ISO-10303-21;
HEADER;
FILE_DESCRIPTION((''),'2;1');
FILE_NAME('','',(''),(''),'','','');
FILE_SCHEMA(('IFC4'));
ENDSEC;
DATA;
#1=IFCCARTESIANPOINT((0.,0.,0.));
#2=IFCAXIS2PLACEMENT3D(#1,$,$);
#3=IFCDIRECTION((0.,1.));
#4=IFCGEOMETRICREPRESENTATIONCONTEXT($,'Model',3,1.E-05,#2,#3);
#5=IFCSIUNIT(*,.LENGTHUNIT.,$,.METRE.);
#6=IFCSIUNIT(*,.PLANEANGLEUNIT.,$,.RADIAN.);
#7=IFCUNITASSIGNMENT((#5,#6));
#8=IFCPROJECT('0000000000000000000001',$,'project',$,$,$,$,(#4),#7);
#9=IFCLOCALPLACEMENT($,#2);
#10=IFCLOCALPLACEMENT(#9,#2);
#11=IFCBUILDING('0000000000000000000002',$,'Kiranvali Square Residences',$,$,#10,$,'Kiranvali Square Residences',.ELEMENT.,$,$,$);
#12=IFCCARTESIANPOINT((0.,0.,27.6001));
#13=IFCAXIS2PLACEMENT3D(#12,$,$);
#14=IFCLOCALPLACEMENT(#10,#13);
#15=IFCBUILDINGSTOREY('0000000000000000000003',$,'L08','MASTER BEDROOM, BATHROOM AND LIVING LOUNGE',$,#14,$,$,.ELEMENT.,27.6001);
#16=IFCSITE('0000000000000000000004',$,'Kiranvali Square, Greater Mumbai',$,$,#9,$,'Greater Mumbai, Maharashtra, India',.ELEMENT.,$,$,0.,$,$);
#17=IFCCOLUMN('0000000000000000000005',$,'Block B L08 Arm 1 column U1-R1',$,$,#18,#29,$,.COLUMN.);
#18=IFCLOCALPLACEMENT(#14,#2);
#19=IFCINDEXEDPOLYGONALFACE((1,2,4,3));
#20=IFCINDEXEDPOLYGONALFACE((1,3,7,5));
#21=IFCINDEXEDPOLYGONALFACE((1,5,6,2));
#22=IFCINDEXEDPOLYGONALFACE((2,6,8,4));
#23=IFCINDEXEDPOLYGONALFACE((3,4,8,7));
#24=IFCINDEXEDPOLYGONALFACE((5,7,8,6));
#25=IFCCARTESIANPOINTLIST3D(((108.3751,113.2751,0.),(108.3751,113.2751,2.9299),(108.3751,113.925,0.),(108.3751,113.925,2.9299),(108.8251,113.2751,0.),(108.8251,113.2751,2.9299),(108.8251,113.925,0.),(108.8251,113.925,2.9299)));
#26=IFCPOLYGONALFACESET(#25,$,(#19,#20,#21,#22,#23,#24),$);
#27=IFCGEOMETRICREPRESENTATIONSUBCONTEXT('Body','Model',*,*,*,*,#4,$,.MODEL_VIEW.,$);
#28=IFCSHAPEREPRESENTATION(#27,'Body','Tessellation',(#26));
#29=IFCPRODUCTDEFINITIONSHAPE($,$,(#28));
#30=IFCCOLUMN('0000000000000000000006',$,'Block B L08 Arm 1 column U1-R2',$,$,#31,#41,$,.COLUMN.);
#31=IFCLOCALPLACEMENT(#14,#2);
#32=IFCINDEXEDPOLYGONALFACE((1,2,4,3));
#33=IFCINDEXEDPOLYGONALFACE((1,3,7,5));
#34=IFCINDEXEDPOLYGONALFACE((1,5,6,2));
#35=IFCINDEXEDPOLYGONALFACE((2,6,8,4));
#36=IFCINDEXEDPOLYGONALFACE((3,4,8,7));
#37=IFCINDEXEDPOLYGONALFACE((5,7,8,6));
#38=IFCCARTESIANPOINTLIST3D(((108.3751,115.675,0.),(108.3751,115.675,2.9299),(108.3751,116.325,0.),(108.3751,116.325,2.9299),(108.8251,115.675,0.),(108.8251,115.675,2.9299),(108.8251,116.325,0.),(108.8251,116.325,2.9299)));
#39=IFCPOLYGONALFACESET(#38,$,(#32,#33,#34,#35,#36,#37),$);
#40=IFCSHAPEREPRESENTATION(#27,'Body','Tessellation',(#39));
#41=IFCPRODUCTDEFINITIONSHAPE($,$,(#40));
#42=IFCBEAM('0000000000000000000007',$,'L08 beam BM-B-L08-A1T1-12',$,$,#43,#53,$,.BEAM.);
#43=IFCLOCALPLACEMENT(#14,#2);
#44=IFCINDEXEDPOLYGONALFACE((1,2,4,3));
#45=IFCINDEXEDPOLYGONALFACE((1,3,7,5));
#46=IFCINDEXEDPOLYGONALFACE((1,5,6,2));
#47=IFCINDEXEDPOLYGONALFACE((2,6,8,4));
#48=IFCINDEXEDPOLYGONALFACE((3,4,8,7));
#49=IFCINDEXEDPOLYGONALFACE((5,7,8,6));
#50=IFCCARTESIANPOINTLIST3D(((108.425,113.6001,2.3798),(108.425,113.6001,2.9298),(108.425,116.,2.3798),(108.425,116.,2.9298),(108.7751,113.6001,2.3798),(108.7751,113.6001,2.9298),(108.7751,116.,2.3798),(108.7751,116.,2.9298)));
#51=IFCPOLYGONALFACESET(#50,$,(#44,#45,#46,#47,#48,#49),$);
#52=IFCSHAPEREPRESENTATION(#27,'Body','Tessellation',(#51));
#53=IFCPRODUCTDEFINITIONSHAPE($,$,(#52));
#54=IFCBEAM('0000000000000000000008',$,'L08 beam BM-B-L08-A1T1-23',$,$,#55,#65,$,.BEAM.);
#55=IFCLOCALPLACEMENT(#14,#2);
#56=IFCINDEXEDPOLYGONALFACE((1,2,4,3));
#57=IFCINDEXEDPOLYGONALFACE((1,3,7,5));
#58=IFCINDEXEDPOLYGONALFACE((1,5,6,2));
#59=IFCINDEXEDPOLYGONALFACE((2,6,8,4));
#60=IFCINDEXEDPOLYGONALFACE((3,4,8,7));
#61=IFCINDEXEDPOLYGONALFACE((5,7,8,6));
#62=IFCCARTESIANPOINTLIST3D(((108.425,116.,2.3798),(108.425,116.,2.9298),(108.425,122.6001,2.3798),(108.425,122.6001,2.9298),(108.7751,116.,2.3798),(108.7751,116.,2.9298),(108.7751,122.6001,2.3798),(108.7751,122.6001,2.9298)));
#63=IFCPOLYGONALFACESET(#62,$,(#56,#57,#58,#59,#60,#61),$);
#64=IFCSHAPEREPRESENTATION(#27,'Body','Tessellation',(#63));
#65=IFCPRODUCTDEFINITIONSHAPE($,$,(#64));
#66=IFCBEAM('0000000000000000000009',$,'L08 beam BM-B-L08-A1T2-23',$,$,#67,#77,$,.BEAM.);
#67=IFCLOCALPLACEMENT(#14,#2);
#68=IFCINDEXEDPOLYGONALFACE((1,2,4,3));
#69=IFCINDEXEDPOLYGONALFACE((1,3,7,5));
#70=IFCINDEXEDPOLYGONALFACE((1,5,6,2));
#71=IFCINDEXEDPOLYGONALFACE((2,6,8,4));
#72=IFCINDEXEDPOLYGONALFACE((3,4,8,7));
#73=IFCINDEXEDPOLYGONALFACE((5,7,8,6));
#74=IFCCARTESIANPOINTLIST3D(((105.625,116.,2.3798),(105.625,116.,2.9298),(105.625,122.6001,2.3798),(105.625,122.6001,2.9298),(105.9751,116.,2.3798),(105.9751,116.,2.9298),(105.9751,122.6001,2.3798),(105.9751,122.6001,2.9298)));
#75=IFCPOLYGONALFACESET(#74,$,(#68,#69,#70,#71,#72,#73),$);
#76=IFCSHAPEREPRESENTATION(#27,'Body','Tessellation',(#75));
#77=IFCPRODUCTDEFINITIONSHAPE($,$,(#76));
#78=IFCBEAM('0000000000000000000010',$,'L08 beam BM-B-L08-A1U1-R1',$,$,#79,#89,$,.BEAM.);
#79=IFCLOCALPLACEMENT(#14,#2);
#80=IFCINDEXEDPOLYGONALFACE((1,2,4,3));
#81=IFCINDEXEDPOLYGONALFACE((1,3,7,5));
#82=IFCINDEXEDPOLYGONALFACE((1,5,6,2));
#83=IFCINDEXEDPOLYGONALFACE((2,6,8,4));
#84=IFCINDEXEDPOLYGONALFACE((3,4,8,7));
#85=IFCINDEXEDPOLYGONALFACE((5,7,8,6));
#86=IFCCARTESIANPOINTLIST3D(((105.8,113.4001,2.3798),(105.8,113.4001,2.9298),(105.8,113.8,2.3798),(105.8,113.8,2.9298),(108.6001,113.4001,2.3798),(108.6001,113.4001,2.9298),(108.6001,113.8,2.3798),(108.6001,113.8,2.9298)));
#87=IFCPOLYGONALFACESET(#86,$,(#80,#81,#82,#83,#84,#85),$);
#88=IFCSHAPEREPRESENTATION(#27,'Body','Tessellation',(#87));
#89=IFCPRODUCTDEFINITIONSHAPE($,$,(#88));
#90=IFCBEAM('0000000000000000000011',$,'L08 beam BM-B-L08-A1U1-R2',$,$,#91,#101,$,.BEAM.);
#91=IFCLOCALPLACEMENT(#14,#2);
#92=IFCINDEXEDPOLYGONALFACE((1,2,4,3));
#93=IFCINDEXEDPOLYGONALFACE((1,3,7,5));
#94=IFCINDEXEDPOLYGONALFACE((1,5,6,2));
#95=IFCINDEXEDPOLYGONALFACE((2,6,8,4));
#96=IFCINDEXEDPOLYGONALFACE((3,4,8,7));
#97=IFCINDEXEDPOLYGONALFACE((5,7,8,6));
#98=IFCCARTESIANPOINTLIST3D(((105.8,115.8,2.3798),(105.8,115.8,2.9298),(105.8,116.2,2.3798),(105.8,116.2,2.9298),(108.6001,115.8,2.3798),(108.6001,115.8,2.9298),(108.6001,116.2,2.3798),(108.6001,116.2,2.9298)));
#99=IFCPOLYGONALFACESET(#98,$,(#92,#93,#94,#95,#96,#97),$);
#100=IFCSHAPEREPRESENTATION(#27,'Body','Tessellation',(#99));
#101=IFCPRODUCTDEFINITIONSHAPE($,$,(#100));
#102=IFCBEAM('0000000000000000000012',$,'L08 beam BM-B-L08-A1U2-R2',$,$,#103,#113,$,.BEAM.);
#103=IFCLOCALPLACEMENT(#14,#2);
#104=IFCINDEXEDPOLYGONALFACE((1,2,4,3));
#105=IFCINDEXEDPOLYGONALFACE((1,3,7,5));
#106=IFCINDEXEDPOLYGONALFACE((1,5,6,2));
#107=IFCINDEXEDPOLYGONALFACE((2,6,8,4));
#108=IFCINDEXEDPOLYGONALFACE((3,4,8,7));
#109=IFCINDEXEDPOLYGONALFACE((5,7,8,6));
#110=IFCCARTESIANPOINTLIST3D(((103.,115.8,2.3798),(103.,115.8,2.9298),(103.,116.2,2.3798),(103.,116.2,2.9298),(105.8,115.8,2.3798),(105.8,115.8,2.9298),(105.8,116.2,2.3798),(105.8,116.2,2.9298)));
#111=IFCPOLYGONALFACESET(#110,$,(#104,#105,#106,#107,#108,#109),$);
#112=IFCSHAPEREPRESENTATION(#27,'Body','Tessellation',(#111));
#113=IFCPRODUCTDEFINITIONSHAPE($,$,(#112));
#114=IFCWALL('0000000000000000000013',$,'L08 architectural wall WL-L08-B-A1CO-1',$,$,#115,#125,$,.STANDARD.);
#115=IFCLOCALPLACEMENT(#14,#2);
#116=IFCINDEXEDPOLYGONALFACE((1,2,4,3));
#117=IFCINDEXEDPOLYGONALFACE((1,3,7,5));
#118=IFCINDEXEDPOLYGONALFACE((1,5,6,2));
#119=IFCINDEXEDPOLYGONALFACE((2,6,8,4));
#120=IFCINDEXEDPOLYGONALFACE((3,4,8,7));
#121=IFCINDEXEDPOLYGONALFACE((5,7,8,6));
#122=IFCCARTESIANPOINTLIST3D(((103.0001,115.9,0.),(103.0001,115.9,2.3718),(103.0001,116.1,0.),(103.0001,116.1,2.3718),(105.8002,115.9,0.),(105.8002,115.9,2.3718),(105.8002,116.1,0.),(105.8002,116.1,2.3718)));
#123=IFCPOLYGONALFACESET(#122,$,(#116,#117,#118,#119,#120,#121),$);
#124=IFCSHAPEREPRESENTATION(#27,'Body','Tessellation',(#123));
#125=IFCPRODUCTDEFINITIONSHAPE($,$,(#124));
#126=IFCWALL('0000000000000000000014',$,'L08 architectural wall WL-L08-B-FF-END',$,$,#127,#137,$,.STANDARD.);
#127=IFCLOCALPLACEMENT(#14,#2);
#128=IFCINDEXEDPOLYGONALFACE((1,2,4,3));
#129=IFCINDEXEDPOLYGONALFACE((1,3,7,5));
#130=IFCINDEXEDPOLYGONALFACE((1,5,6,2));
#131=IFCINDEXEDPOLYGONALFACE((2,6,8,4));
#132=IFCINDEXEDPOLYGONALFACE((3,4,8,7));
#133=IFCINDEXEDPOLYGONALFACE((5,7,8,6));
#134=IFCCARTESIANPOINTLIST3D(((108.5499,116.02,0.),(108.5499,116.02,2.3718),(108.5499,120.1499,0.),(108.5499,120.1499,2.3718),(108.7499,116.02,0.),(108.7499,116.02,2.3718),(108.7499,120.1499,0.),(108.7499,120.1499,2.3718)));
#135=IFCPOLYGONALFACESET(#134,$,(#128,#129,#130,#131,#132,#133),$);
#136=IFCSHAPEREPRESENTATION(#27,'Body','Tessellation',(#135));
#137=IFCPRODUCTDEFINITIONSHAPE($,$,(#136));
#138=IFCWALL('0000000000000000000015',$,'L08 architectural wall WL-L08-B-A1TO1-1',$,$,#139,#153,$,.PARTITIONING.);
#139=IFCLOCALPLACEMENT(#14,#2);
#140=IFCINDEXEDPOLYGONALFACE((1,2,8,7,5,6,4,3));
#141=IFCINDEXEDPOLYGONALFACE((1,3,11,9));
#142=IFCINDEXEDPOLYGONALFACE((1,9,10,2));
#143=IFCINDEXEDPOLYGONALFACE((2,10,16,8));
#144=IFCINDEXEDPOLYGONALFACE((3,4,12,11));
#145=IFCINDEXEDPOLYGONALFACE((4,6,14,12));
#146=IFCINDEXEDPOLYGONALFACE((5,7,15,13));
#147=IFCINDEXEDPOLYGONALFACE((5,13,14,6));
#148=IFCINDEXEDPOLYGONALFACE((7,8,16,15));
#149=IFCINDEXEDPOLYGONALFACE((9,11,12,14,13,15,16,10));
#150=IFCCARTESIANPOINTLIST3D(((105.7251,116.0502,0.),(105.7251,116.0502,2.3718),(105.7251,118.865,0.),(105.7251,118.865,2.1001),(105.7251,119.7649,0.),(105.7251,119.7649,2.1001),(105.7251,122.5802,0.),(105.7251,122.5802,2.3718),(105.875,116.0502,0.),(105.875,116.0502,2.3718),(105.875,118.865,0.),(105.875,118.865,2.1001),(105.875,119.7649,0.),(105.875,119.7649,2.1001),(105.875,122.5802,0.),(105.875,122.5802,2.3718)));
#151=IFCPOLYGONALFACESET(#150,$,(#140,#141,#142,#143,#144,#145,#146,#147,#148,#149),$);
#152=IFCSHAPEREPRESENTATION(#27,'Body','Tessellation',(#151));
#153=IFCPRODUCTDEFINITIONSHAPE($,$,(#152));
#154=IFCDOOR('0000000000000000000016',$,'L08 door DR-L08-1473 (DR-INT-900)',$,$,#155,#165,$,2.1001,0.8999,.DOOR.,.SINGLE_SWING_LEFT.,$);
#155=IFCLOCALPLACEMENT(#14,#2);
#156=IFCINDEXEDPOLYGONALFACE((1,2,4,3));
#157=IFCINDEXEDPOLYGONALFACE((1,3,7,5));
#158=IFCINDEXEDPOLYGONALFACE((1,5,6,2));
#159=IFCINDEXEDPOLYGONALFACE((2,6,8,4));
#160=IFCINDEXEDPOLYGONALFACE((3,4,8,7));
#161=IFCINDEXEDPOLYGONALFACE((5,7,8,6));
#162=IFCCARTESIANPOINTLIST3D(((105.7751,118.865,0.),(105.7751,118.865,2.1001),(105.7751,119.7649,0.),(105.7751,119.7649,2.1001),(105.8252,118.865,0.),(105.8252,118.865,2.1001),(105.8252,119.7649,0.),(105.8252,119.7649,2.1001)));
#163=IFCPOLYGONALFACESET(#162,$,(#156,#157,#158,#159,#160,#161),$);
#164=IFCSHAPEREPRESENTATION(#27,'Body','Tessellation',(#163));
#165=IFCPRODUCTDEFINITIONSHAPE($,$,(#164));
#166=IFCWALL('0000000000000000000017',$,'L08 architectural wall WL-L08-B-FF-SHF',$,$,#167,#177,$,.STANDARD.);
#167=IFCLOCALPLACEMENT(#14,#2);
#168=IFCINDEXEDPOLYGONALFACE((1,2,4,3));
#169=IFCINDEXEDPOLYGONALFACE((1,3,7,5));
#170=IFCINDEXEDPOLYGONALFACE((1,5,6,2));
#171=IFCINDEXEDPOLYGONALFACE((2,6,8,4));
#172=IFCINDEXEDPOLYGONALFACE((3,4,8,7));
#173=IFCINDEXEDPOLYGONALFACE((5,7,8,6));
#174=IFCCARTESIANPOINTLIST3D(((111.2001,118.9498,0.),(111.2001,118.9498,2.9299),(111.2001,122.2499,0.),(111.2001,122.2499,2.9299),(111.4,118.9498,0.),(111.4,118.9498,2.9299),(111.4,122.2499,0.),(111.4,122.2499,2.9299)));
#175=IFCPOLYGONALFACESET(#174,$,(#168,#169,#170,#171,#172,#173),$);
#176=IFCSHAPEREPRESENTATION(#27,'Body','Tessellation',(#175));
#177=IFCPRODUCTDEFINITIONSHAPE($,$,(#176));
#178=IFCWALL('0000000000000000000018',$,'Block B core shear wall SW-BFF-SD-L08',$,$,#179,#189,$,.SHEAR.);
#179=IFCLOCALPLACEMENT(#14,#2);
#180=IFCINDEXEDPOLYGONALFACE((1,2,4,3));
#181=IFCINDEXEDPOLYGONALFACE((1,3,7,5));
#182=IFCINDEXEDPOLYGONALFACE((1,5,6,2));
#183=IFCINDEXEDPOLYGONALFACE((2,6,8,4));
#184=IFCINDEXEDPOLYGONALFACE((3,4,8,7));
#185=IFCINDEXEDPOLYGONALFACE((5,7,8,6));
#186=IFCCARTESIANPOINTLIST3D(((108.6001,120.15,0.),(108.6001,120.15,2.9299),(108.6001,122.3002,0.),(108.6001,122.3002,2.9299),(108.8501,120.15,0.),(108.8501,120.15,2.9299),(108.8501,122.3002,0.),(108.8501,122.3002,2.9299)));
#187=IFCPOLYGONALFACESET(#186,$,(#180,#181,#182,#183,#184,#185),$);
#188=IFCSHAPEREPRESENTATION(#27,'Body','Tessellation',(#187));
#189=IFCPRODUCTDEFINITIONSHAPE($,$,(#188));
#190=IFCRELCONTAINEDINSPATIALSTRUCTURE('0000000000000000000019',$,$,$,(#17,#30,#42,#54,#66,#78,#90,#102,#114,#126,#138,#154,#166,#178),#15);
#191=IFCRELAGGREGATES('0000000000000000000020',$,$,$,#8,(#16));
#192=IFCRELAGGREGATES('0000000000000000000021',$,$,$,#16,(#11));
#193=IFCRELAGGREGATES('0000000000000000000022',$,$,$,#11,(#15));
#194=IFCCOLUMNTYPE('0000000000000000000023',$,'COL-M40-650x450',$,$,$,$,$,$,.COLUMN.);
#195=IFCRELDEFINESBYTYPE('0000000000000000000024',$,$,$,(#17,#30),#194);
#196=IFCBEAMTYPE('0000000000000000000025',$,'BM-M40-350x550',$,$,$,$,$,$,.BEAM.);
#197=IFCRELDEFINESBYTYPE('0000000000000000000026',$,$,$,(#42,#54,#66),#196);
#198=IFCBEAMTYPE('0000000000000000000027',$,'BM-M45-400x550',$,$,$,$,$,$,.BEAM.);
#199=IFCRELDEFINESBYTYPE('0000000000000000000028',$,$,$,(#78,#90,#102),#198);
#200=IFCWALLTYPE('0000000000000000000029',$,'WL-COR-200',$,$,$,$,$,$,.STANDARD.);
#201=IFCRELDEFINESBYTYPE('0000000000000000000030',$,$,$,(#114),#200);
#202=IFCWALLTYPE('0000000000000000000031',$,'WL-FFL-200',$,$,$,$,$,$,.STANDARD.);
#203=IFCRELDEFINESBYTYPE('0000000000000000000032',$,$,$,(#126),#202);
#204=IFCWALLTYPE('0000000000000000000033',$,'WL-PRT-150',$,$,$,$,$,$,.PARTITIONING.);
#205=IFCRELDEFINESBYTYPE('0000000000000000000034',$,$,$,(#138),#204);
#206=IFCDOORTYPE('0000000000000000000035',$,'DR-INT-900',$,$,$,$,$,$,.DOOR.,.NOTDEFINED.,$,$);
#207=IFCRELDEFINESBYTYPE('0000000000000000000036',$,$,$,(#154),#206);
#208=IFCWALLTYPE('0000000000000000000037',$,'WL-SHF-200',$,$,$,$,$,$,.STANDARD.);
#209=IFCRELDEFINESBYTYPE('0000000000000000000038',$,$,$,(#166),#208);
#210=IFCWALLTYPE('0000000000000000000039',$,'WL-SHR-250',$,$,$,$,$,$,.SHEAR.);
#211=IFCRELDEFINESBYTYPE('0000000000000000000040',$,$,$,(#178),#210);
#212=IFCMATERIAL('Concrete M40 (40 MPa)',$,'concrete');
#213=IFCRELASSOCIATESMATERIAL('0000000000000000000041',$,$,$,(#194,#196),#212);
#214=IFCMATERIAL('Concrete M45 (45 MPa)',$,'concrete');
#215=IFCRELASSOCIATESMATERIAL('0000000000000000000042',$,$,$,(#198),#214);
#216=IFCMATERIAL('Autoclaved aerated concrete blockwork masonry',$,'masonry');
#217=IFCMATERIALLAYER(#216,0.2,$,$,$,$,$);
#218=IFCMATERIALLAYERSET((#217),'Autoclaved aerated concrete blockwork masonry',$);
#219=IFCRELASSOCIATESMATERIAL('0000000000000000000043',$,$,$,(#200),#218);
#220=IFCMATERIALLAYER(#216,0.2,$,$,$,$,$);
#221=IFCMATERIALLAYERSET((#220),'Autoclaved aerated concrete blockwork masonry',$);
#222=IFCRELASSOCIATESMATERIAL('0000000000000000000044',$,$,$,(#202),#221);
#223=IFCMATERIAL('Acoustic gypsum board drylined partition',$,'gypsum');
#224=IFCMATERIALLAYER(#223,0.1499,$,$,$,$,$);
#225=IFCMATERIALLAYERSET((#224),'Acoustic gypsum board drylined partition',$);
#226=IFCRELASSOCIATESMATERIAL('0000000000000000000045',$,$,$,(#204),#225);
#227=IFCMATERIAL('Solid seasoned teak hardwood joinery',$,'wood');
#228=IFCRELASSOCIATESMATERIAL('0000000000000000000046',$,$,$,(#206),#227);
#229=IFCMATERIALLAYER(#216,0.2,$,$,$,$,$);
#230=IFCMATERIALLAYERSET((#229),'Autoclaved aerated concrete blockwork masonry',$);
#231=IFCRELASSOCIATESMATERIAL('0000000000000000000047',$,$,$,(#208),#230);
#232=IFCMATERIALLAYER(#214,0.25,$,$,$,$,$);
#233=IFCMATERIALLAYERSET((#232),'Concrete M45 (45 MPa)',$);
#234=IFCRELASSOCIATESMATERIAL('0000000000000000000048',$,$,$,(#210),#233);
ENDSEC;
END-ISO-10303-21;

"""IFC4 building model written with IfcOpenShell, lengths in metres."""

from ifc_helpers import new_model, si_unit, direction, frame, frame_2d, origin, origin_2d, place, context, subcontext, project, spatial, rectangle, extrude, material, layer, layer_set, material_profile, profile_set, type_object, element, fill, save


model = new_model("IFC4")

# Units and contexts
model_context = context("Model", 3, precision=1e-05, world=origin(), true_north=direction((0.0, 1.0)))
body_context = subcontext(model_context, "Body", "Model", "MODEL_VIEW")
ifc_project = project(units=[si_unit("LENGTHUNIT", "METRE"), si_unit("PLANEANGLEUNIT", "RADIAN")], contexts=[model_context])

# Site, building, storey
site_placement = place(None, origin())
site = spatial("IfcSite", under=ifc_project, at=site_placement, Name="Kiranvali Square, Greater Mumbai", LongName="Greater Mumbai, Maharashtra, India", CompositionType="ELEMENT", RefElevation=0.0)
building_placement = place(site_placement, origin())
building = spatial("IfcBuilding", under=site, at=building_placement, Name="Kiranvali Square Residences", LongName="Kiranvali Square Residences", CompositionType="ELEMENT")
storey_placement = place(building_placement, frame((0.0, 0.0, 27.6001)))
storey = spatial("IfcBuildingStorey", under=building, at=storey_placement, Name="L08", Description="MASTER BEDROOM, BATHROOM AND LIVING LOUNGE", CompositionType="ELEMENT", Elevation=27.6001)

# Columns
ifc_material_1 = material(Name="Concrete M40 (40 MPa)", Category="concrete")
ifc_material_profile_1 = material_profile(ifc_material_1, rectangle(XDim=0.45, YDim=0.6499, at=origin_2d()), Name="RC 650x450")
ifc_profile_set_1 = profile_set([ifc_material_profile_1], Name="Concrete M40 (40 MPa)")
column_type = type_object("IfcColumnType", Name="COL-M40-650x450", PredefinedType="COLUMN", material=ifc_profile_set_1)
for number, where, z_axis, x_axis, name in (
    (1, (108.6001, 113.6001, 0.0), (0.0, 0.0, 1.0), (1.0, 0.0, 0.0), "Block B L08 Arm 1 column U1-R1"),
    (2, (108.6001, 116.0, 0.0), (0.0, 0.0, 1.0), (1.0, 0.0, 0.0), "Block B L08 Arm 1 column U1-R2"),
):
    element("IfcColumn", number, at=place(storey_placement, frame(where, z_axis=z_axis, x_axis=x_axis)), inside=storey, type_object=column_type, Name=name, PredefinedType="COLUMN", context=body_context, shape_type="SweptSolid", body=[
        extrude(rectangle(XDim=0.45, YDim=0.6499, at=origin_2d()), origin(), (0.0, 0.0, 1.0), 2.9299),
    ])

# Beams
ifc_material_profile_2 = material_profile(ifc_material_1, rectangle(XDim=0.3501, YDim=0.55, at=origin_2d()), Name="RC 350x550")
ifc_profile_set_2 = profile_set([ifc_material_profile_2], Name="Concrete M40 (40 MPa)")
beam_type_1 = type_object("IfcBeamType", Name="BM-M40-350x550", PredefinedType="BEAM", material=ifc_profile_set_2)
beam_placement = place(storey_placement, frame((108.6001, 113.6001, 2.6548), z_axis=(0.0, 1.0, 0.0), x_axis=(-1.0, 0.0, 0.0)))
element("IfcBeam", 3, at=beam_placement, inside=storey, type_object=beam_type_1, Name="L08 beam BM-B-L08-A1T1-12", PredefinedType="BEAM", context=body_context, shape_type="SweptSolid", body=[
    extrude(rectangle(XDim=0.3501, YDim=0.55, at=origin_2d()), origin(), (0.0, 0.0, 1.0), 2.3999),
])
for number, where, z_axis, x_axis, name in (
    (4, (108.6001, 116.0, 2.6548), (0.0, 1.0, 0.0), (-1.0, 0.0, 0.0), "L08 beam BM-B-L08-A1T1-23"),
    (5, (105.8, 116.0, 2.6548), (0.0, 1.0, 0.0), (-1.0, 0.0, 0.0), "L08 beam BM-B-L08-A1T2-23"),
):
    element("IfcBeam", number, at=place(storey_placement, frame(where, z_axis=z_axis, x_axis=x_axis)), inside=storey, type_object=beam_type_1, Name=name, PredefinedType="BEAM", context=body_context, shape_type="SweptSolid", body=[
        extrude(rectangle(XDim=0.3501, YDim=0.55, at=origin_2d()), origin(), (0.0, 0.0, 1.0), 6.6001),
    ])
ifc_material_2 = material(Name="Concrete M45 (45 MPa)", Category="concrete")
ifc_material_profile_3 = material_profile(ifc_material_2, rectangle(XDim=0.3999, YDim=0.55, at=origin_2d()), Name="RC 400x550")
ifc_profile_set_3 = profile_set([ifc_material_profile_3], Name="Concrete M45 (45 MPa)")
beam_type_2 = type_object("IfcBeamType", Name="BM-M45-400x550", PredefinedType="BEAM", material=ifc_profile_set_3)
for number, where, z_axis, x_axis, name in (
    (6, (108.6001, 113.6001, 2.6548), (-1.0, 0.0, 0.0), (0.0, -1.0, 0.0), "L08 beam BM-B-L08-A1U1-R1"),
    (7, (108.6001, 116.0, 2.6548), (-1.0, 0.0, 0.0), (0.0, -1.0, 0.0), "L08 beam BM-B-L08-A1U1-R2"),
    (8, (105.8, 116.0, 2.6548), (-1.0, 0.0, 0.0), (0.0, -1.0, 0.0), "L08 beam BM-B-L08-A1U2-R2"),
):
    element("IfcBeam", number, at=place(storey_placement, frame(where, z_axis=z_axis, x_axis=x_axis)), inside=storey, type_object=beam_type_2, Name=name, PredefinedType="BEAM", context=body_context, shape_type="SweptSolid", body=[
        extrude(rectangle(XDim=0.3999, YDim=0.55, at=origin_2d()), origin(), (0.0, 0.0, 1.0), 2.8),
    ])

# Shared definitions
ifc_material_3 = material(Name="Autoclaved aerated concrete blockwork masonry", Category="masonry")
ifc_layer_1 = layer(ifc_material_3, 0.2)
ifc_layer_set_1 = layer_set([ifc_layer_1], Name="Autoclaved aerated concrete blockwork masonry")
wall_type_1 = type_object("IfcWallType", Name="WL-COR-200", PredefinedType="STANDARD", material=ifc_layer_set_1)

# Walls
wall_1_placement = place(storey_placement, frame((105.8, 116.0, 0.0), z_axis=(0.0, 0.0, 1.0), x_axis=(-1.0, 0.0, 0.0)))
element("IfcWall", 9, at=wall_1_placement, inside=storey, type_object=wall_type_1, Name="L08 architectural wall WL-L08-B-A1CO-1", PredefinedType="STANDARD", context=body_context, shape_type="SweptSolid", body=[
    extrude(rectangle(XDim=2.8, YDim=0.2, at=frame_2d((1.3999, 0.0))), origin(), (0.0, 0.0, 1.0), 2.3718),
])
ifc_layer_2 = layer(ifc_material_3, 0.2)
ifc_layer_set_2 = layer_set([ifc_layer_2], Name="Autoclaved aerated concrete blockwork masonry")
wall_type_2 = type_object("IfcWallType", Name="WL-FFL-200", PredefinedType="STANDARD", material=ifc_layer_set_2)
wall_2_placement = place(storey_placement, frame((108.6499, 116.02, 0.0), z_axis=(0.0, 0.0, 1.0), x_axis=(0.0, 1.0, 0.0)))
element("IfcWall", 10, at=wall_2_placement, inside=storey, type_object=wall_type_2, Name="L08 architectural wall WL-L08-B-FF-END", PredefinedType="STANDARD", context=body_context, shape_type="SweptSolid", body=[
    extrude(rectangle(XDim=4.1299, YDim=0.2, at=frame_2d((2.0649, 0.0))), origin(), (0.0, 0.0, 1.0), 2.3718),
])

# Wall, opening, door
ifc_material_4 = material(Name="Acoustic gypsum board drylined partition", Category="gypsum")
ifc_layer_3 = layer(ifc_material_4, 0.1499)
ifc_layer_set_3 = layer_set([ifc_layer_3], Name="Acoustic gypsum board drylined partition")
wall_type_3 = type_object("IfcWallType", Name="WL-PRT-150", PredefinedType="PARTITIONING", material=ifc_layer_set_3)
wall_3_placement = place(storey_placement, frame((105.8, 116.05, 0.0), z_axis=(0.0, 0.0, 1.0), x_axis=(0.0, 1.0, 0.0)))
wall_3 = element("IfcWall", 11, at=wall_3_placement, inside=storey, type_object=wall_type_3, Name="L08 architectural wall WL-L08-B-A1TO1-1", PredefinedType="PARTITIONING", context=body_context, shape_type="SweptSolid", body=[
    extrude(rectangle(XDim=6.53, YDim=0.1499, at=frame_2d((3.2651, 0.0))), origin(), (0.0, 0.0, 1.0), 2.3718),
])
opening_1_placement = place(wall_3_placement, frame((2.8149, 0.0, 0.0)))
opening_1 = element("IfcOpeningElement", 12, at=opening_1_placement, cuts=wall_3, PredefinedType="OPENING", context=body_context, shape_type="SweptSolid", body=[
    extrude(rectangle(XDim=0.8999, YDim=2.1001, at=frame_2d((0.45, 1.05))), frame((0.0, 0.085, 0.0), z_axis=(0.0, -1.0, 0.0), x_axis=(1.0, 0.0, 0.0)), (0.0, 0.0, 1.0), 0.1699),
])
ifc_material_5 = material(Name="Solid seasoned teak hardwood joinery", Category="wood")
door_type_1 = type_object("IfcDoorType", Name="DR-INT-900", OperationType="NOTDEFINED", PredefinedType="DOOR", material=ifc_material_5)
door_1_placement = place(opening_1_placement, origin())
door_1 = element("IfcDoor", 13, at=door_1_placement, inside=storey, type_object=door_type_1, Name="L08 door DR-L08-1473 (DR-INT-900)", OperationType="SINGLE_SWING_LEFT", OverallHeight=2.1001, OverallWidth=0.8999, PredefinedType="DOOR", context=body_context, shape_type="SweptSolid", body=[
    extrude(rectangle(XDim=0.8999, YDim=2.1001, at=frame_2d((0.45, 1.05))), frame((0.0, 0.0249, 0.0), z_axis=(0.0, -1.0, 0.0), x_axis=(1.0, 0.0, 0.0)), (0.0, 0.0, 1.0), 0.05),
])
fill(opening_1, door_1)

# Walls
ifc_layer_4 = layer(ifc_material_3, 0.2)
ifc_layer_set_4 = layer_set([ifc_layer_4], Name="Autoclaved aerated concrete blockwork masonry")
wall_type_4 = type_object("IfcWallType", Name="WL-SHF-200", PredefinedType="STANDARD", material=ifc_layer_set_4)
wall_4_placement = place(storey_placement, frame((111.3, 118.95, 0.0), z_axis=(0.0, 0.0, 1.0), x_axis=(0.0, 1.0, 0.0)))
element("IfcWall", 14, at=wall_4_placement, inside=storey, type_object=wall_type_4, Name="L08 architectural wall WL-L08-B-FF-SHF", PredefinedType="STANDARD", context=body_context, shape_type="SweptSolid", body=[
    extrude(rectangle(XDim=3.3, YDim=0.2, at=frame_2d((1.6499, 0.0))), origin(), (0.0, 0.0, 1.0), 2.9299),
])
ifc_layer_5 = layer(ifc_material_2, 0.25)
ifc_layer_set_5 = layer_set([ifc_layer_5], Name="Concrete M45 (45 MPa)")
wall_type_5 = type_object("IfcWallType", Name="WL-SHR-250", PredefinedType="SHEAR", material=ifc_layer_set_5)
wall_5_placement = place(storey_placement, frame((108.7251, 120.1499, 0.0), z_axis=(0.0, 0.0, 1.0), x_axis=(0.0, 1.0, 0.0)))
element("IfcWall", 15, at=wall_5_placement, inside=storey, type_object=wall_type_5, Name="Block B core shear wall SW-BFF-SD-L08", PredefinedType="SHEAR", context=body_context, shape_type="SweptSolid", body=[
    extrude(rectangle(XDim=2.1501, YDim=0.25, at=frame_2d((1.0752, 0.0))), origin(), (0.0, 0.0, 1.0), 2.9299),
])

save(model, "model.ifc")
